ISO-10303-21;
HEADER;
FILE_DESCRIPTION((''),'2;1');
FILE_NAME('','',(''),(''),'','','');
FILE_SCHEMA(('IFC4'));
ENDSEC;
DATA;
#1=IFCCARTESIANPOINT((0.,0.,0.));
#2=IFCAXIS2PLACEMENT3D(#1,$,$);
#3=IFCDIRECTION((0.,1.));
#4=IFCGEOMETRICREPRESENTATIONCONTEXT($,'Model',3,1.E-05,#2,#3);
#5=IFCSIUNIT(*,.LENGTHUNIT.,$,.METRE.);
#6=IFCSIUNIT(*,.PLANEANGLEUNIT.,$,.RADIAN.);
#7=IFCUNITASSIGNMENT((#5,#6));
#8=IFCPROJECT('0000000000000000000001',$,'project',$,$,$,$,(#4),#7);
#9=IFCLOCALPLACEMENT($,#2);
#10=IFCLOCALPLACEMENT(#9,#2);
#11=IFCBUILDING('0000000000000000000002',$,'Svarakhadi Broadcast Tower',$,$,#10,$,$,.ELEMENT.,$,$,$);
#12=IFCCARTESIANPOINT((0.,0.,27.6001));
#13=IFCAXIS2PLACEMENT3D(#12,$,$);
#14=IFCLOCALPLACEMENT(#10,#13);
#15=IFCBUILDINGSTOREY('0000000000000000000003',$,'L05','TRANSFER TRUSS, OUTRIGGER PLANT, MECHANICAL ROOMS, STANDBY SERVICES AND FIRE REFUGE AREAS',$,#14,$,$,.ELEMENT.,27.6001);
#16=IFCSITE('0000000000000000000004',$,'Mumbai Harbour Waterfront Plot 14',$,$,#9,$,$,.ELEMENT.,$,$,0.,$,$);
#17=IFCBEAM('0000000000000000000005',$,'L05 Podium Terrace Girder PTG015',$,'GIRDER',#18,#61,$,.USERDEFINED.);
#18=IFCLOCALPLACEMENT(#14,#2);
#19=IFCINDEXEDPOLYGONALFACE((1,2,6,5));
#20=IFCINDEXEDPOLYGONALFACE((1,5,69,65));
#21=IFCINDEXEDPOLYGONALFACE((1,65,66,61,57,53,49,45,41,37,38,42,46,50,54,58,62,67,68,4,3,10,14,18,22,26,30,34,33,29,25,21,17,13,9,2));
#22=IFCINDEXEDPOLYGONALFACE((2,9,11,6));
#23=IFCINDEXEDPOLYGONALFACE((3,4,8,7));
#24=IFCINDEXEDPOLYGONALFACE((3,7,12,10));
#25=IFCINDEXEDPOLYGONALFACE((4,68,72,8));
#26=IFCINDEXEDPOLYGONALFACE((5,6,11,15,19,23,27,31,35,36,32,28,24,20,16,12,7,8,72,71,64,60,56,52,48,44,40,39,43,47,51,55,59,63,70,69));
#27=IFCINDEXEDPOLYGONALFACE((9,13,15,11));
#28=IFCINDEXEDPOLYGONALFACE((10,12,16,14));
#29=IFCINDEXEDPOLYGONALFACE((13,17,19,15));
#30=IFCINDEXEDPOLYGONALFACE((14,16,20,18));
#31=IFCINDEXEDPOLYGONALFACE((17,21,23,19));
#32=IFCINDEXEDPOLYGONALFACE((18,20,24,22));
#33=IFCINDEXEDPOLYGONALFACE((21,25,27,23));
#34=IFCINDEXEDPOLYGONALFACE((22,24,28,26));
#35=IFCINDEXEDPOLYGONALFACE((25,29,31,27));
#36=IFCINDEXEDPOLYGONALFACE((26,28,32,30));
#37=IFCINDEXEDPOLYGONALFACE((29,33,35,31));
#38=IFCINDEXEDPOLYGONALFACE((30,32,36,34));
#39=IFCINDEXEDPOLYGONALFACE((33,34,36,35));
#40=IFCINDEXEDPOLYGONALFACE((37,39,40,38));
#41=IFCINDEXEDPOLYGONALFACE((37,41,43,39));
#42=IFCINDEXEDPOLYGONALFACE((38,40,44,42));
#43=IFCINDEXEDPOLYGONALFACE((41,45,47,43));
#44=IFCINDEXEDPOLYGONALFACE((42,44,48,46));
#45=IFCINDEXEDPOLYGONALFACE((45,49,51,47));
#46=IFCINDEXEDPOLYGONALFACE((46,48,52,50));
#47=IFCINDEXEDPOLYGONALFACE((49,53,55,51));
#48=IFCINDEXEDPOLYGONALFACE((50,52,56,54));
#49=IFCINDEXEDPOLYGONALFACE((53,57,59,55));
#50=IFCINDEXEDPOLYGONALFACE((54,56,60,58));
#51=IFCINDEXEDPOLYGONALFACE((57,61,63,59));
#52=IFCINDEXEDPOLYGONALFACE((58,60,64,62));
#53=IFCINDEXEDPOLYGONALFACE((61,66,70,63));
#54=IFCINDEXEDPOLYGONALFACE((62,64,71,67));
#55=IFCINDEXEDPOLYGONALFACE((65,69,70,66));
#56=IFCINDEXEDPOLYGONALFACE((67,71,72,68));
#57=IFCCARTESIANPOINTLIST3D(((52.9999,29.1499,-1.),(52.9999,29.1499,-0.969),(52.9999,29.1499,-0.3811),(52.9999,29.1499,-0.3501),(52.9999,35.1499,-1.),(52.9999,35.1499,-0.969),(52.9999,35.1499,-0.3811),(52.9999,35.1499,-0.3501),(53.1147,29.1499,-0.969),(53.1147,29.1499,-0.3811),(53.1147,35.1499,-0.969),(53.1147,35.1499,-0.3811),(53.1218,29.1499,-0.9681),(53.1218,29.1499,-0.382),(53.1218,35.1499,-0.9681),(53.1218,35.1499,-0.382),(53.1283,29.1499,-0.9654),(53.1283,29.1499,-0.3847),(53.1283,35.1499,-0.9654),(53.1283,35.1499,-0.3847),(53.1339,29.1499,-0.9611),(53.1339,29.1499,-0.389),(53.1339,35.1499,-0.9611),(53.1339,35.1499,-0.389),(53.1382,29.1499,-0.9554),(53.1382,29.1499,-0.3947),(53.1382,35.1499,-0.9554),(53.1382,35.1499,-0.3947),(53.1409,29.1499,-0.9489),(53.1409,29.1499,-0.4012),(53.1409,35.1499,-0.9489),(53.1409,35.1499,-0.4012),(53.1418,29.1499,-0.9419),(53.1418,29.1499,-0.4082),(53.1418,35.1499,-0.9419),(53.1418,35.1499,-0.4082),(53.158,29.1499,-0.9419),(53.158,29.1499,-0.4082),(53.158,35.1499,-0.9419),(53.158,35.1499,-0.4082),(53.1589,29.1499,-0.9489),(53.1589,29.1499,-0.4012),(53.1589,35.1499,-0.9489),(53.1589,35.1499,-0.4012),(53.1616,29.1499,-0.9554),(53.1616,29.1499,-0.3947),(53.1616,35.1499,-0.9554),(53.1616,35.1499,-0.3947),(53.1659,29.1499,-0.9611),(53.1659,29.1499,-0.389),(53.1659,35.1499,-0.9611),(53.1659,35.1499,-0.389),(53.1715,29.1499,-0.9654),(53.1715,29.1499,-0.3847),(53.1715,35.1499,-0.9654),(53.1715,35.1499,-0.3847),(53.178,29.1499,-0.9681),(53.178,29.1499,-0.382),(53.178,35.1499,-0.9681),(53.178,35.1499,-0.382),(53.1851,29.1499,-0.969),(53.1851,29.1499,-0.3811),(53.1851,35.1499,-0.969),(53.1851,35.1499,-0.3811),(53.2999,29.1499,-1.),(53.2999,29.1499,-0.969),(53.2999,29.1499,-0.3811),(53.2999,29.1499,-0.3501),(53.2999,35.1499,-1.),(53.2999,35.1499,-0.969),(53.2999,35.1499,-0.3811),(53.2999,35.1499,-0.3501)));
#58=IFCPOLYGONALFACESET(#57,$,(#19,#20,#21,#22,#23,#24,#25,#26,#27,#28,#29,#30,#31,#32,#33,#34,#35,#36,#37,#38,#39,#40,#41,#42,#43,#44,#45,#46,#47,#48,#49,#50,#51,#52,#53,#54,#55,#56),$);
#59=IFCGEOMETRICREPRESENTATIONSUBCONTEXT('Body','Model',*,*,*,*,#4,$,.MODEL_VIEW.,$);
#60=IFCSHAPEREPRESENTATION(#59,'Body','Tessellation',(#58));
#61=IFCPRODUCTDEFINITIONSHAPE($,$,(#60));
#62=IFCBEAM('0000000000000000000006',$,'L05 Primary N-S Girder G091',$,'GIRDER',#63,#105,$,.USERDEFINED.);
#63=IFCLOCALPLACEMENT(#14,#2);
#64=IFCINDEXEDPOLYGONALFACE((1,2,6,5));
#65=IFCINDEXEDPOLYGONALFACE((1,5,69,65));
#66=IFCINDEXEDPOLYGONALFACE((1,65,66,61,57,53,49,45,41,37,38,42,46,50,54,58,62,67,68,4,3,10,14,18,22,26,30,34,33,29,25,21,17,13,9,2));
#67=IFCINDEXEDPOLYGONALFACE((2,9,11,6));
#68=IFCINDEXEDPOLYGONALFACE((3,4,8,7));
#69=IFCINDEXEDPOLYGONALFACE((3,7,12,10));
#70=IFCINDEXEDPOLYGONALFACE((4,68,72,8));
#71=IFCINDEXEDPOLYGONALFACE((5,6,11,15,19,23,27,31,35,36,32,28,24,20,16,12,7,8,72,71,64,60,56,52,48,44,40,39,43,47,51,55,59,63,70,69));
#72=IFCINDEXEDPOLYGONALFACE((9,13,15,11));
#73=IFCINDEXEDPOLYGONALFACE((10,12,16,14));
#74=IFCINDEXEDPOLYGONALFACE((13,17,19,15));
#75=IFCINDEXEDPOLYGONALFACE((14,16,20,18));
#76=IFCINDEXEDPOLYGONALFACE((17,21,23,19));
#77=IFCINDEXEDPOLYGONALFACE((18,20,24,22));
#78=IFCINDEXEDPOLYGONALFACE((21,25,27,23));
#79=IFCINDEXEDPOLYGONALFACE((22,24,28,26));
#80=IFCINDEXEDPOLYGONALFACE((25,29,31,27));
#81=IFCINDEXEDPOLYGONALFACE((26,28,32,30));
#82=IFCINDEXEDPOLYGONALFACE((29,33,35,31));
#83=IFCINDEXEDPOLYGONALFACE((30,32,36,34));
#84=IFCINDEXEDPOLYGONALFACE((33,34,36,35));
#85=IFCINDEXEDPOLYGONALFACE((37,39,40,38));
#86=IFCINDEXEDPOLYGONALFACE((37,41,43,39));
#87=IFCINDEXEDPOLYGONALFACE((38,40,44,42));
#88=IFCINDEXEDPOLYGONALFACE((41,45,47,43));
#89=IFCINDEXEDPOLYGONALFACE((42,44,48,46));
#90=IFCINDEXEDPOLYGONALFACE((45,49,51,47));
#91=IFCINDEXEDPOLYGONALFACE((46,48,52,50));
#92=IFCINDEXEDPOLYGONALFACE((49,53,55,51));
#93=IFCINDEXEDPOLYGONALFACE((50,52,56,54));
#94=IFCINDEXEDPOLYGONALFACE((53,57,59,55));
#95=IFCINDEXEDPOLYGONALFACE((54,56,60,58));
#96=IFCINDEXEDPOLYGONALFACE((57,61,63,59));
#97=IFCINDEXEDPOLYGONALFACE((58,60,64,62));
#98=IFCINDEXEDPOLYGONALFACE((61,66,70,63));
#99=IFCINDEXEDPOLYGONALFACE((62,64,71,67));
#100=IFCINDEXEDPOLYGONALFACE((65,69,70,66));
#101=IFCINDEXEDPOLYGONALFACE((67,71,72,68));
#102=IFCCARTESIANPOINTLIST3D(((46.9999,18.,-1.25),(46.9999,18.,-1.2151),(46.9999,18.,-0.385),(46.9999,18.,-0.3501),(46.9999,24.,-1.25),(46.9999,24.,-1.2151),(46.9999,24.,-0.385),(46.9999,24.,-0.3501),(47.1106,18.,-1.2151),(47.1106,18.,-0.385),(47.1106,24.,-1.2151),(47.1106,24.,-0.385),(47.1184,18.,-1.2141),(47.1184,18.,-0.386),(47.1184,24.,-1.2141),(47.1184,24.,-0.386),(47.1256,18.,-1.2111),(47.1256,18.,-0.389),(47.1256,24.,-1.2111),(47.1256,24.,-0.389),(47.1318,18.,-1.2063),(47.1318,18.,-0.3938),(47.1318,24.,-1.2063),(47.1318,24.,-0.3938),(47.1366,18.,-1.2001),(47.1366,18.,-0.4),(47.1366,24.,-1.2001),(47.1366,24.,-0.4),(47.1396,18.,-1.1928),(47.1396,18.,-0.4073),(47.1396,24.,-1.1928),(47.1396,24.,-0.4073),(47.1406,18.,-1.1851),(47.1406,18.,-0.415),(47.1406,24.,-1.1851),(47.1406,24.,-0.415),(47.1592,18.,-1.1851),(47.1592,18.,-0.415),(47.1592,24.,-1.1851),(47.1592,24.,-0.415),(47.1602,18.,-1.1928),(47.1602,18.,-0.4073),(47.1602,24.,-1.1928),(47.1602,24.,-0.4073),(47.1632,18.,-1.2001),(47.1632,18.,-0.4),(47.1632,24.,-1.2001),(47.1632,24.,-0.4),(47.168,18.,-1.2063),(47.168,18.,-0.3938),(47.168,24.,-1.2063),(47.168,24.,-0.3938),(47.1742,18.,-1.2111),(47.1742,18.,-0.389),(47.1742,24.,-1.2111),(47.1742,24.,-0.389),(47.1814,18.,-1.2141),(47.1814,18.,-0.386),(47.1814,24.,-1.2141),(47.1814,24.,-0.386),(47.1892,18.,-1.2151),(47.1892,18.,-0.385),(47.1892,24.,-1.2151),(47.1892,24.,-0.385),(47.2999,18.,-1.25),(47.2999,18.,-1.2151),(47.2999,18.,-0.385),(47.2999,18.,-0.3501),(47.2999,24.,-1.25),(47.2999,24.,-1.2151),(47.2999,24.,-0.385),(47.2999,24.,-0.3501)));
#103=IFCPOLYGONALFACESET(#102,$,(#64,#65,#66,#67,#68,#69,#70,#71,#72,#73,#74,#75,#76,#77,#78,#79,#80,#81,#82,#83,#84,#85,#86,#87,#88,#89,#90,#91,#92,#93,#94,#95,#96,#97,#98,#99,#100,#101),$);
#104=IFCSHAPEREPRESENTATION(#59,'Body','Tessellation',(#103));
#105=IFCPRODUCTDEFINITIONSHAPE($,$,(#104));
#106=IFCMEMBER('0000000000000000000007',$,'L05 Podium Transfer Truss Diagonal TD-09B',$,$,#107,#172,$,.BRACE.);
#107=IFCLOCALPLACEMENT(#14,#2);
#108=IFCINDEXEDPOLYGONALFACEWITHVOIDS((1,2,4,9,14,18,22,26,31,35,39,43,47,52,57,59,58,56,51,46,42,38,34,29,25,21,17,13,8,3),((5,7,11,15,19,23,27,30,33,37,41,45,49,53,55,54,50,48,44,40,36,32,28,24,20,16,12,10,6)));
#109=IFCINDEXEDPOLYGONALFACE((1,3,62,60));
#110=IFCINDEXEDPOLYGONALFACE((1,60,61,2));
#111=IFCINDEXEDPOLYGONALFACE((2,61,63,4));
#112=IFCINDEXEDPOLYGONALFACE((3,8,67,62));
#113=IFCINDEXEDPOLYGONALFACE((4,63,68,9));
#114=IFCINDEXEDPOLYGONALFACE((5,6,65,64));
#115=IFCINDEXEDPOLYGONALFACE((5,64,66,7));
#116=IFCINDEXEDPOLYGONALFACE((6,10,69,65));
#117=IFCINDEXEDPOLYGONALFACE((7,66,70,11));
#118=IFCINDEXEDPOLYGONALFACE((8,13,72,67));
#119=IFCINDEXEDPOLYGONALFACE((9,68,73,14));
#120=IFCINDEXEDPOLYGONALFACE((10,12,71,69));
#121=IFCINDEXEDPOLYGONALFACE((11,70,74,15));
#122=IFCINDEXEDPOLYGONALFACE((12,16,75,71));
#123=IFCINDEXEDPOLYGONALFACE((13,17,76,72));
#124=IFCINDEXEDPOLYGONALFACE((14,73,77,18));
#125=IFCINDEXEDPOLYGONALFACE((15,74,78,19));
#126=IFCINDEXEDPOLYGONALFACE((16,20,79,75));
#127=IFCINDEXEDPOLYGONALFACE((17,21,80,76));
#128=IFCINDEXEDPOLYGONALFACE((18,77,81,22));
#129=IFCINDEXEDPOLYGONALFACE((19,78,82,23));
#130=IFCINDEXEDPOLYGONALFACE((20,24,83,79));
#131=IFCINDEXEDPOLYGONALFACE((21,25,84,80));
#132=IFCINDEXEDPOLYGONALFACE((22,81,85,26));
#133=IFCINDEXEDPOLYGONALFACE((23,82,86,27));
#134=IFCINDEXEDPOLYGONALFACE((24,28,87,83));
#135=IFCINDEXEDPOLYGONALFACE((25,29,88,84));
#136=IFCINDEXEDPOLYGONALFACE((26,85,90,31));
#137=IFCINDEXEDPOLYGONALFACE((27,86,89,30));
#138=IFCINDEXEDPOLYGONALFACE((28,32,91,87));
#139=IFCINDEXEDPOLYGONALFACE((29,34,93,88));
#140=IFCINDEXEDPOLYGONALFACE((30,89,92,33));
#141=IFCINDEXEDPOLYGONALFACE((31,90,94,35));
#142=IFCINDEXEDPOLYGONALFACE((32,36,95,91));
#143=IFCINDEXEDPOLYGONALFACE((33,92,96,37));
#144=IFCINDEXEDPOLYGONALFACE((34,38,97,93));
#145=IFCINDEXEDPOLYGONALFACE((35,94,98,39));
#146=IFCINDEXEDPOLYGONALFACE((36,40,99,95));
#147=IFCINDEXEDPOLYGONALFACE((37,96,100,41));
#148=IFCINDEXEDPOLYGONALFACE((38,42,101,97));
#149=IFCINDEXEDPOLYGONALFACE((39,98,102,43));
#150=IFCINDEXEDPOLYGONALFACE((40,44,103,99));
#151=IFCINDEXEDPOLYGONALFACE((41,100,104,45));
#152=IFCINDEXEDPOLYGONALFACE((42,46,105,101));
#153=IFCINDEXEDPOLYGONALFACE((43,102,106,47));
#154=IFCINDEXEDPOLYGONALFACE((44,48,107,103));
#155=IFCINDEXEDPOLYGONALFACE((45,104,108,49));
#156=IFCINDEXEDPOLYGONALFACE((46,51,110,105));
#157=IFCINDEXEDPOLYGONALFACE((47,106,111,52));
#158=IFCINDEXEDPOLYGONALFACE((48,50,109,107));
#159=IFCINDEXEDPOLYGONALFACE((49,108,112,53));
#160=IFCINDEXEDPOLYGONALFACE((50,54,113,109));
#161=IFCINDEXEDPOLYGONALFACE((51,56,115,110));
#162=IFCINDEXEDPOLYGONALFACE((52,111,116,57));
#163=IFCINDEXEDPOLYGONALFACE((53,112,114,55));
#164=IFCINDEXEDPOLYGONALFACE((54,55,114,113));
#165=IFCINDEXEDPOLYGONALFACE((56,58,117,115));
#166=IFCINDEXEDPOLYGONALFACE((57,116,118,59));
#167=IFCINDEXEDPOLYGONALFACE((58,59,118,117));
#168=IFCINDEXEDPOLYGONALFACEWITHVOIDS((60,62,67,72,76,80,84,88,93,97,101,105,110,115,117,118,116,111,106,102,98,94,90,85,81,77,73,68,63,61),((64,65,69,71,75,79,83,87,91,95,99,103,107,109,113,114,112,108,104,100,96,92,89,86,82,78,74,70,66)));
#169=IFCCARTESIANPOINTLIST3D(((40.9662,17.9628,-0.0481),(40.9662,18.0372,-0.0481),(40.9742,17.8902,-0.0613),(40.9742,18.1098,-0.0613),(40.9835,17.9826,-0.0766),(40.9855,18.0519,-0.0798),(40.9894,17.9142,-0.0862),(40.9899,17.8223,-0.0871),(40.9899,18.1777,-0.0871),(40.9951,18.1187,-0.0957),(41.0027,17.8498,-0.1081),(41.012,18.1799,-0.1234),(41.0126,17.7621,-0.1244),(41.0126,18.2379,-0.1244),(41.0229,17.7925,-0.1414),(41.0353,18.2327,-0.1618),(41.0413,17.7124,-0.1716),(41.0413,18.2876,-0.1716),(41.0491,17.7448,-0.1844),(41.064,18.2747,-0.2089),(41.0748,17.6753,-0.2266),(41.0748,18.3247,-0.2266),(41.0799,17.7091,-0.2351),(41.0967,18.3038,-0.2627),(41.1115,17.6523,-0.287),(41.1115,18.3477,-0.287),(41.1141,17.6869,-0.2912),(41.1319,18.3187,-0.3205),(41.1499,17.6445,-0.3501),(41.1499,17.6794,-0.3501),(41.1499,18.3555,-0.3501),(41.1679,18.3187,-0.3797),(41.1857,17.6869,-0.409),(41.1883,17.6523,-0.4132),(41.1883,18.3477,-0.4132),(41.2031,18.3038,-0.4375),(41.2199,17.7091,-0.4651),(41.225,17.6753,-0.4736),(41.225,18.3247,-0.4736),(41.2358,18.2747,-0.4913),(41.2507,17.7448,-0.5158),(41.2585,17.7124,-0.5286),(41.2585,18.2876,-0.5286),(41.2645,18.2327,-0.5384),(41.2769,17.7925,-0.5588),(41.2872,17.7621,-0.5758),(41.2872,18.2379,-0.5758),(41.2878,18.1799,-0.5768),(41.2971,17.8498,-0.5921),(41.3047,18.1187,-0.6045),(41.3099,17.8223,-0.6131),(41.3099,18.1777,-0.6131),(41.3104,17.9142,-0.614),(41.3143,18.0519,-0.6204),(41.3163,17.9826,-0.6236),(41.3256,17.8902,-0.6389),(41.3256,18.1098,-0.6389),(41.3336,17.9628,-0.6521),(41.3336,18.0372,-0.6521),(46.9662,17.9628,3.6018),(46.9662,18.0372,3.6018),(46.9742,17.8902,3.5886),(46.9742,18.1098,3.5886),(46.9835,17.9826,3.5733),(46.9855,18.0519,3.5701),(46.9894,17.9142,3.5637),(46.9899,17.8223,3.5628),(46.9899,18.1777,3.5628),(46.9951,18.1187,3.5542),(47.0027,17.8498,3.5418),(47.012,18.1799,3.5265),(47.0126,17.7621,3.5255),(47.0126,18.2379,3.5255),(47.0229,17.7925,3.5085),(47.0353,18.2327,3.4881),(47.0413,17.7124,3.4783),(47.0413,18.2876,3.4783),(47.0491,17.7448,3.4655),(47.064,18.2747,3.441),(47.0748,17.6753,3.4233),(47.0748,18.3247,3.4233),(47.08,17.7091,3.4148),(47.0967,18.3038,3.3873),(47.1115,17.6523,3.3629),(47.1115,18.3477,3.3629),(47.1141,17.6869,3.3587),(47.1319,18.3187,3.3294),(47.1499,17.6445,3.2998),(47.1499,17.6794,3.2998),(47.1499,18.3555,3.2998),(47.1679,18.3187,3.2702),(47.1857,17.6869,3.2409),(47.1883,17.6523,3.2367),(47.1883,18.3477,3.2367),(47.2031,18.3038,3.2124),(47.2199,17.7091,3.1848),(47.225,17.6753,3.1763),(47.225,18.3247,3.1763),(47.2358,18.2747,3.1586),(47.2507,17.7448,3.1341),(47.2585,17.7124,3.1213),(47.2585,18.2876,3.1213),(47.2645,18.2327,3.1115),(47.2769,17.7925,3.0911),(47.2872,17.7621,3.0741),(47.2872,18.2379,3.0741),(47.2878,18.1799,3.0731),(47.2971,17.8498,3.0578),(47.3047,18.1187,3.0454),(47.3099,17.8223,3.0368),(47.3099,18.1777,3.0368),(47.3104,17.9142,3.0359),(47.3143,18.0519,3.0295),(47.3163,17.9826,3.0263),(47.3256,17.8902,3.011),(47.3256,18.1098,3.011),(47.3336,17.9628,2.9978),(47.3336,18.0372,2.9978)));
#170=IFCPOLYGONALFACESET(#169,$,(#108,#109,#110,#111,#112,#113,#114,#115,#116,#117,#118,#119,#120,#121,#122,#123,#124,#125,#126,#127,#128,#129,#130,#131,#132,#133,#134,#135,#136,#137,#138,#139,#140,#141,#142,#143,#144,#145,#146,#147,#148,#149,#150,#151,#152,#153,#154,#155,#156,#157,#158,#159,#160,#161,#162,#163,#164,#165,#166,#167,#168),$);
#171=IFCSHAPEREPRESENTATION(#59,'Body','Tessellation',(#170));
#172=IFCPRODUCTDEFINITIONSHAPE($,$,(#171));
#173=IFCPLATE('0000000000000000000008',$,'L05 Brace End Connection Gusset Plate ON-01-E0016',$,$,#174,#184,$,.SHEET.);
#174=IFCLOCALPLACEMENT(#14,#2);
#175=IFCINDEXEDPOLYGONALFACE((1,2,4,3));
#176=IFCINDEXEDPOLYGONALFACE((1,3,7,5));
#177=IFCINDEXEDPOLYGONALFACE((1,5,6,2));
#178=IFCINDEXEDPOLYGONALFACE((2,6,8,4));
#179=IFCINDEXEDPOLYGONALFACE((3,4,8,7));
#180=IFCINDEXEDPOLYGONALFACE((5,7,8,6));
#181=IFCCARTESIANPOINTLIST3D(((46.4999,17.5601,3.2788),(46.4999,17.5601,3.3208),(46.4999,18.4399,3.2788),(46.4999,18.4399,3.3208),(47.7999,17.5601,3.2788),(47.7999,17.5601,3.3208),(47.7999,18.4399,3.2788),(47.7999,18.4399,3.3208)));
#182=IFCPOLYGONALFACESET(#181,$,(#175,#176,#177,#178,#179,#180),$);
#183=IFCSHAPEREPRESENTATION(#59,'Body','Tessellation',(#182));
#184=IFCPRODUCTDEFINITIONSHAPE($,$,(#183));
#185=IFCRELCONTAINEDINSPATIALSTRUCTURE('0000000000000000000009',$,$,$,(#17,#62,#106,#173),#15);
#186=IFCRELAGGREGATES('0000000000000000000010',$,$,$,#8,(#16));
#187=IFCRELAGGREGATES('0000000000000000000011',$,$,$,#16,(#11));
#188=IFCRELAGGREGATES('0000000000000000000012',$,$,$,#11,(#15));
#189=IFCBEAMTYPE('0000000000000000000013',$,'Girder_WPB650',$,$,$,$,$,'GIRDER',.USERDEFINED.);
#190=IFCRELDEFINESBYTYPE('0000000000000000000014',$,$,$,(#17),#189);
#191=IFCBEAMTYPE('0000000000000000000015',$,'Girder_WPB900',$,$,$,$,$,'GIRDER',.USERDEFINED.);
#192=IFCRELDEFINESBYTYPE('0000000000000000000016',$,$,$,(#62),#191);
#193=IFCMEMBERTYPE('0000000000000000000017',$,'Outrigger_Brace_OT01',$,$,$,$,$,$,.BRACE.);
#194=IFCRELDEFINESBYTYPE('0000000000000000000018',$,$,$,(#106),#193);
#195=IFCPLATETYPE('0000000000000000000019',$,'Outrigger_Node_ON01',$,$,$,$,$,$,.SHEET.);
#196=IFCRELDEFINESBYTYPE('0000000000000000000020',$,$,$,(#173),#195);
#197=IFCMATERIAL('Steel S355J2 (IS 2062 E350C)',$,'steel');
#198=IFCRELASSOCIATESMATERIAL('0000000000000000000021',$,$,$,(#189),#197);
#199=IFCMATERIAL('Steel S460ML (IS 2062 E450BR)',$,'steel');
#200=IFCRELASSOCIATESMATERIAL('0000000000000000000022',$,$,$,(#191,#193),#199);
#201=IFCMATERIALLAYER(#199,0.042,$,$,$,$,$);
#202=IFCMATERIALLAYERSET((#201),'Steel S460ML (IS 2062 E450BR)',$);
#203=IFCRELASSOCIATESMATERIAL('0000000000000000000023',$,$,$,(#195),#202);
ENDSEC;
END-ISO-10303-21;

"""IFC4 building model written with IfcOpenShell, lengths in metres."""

from ifc_helpers import new_model, si_unit, direction, frame, origin, origin_2d, place, context, subcontext, project, spatial, rectangle, hollow_circle, i_section, extrude, material, layer, layer_set, material_profile, profile_set, type_object, element, save


model = new_model("IFC4")

# Units and contexts
model_context = context("Model", 3, precision=1e-05, world=origin(), true_north=direction((0.0, 1.0)))
body_context = subcontext(model_context, "Body", "Model", "MODEL_VIEW")
ifc_project = project(units=[si_unit("LENGTHUNIT", "METRE"), si_unit("PLANEANGLEUNIT", "RADIAN")], contexts=[model_context])

# Site, building, storey
site_placement = place(None, origin())
site = spatial("IfcSite", under=ifc_project, at=site_placement, Name="Mumbai Harbour Waterfront Plot 14", CompositionType="ELEMENT", RefElevation=0.0)
building_placement = place(site_placement, origin())
building = spatial("IfcBuilding", under=site, at=building_placement, Name="Svarakhadi Broadcast Tower", CompositionType="ELEMENT")
storey_placement = place(building_placement, frame((0.0, 0.0, 27.6001)))
storey = spatial("IfcBuildingStorey", under=building, at=storey_placement, Name="L05", Description="TRANSFER TRUSS, OUTRIGGER PLANT, MECHANICAL ROOMS, STANDBY SERVICES AND FIRE REFUGE AREAS", CompositionType="ELEMENT", Elevation=27.6001)

# Shared definitions
ifc_material_1 = material(Name="Steel S460ML (IS 2062 E450BR)", Category="steel")

# Beams
ifc_material_2 = material(Name="Steel S355J2 (IS 2062 E350C)", Category="steel")
ifc_material_profile_1 = material_profile(ifc_material_2, i_section(OverallWidth=0.3, OverallDepth=0.6499, WebThickness=0.0161, FlangeThickness=0.031, FilletRadius=0.0271, at=origin_2d()), Name="WPB 650x300x225")
ifc_profile_set_1 = profile_set([ifc_material_profile_1], Name="Steel S355J2 (IS 2062 E350C)")
beam_type_1 = type_object("IfcBeamType", Name="Girder_WPB650", ElementType="GIRDER", PredefinedType="USERDEFINED", material=ifc_profile_set_1)
for number, where, z_axis, x_axis, name in (
    (1, (53.1499, 29.1499, -0.675), (0.0, 1.0, 0.0), (-1.0, 0.0, 0.0), "L05 Podium Terrace Girder PTG015"),
):
    element("IfcBeam", number, at=place(storey_placement, frame(where, z_axis=z_axis, x_axis=x_axis)), inside=storey, type_object=beam_type_1, Name=name, ObjectType="GIRDER", PredefinedType="USERDEFINED", context=body_context, shape_type="SweptSolid", body=[
        extrude(i_section(OverallWidth=0.3, OverallDepth=0.6499, WebThickness=0.0161, FlangeThickness=0.031, FilletRadius=0.0271, at=origin_2d()), origin(), (0.0, 0.0, 1.0), 6.0),
    ])
ifc_material_profile_2 = material_profile(ifc_material_1, i_section(OverallWidth=0.3, OverallDepth=0.8999, WebThickness=0.0186, FlangeThickness=0.0349, FilletRadius=0.03, at=origin_2d()), Name="WPB 900x300x291")
ifc_profile_set_2 = profile_set([ifc_material_profile_2], Name="Steel S460ML (IS 2062 E450BR)")
beam_type_2 = type_object("IfcBeamType", Name="Girder_WPB900", ElementType="GIRDER", PredefinedType="USERDEFINED", material=ifc_profile_set_2)
beam_1_placement = place(storey_placement, frame((47.1499, 18.0, -0.8), z_axis=(0.0, 1.0, 0.0), x_axis=(-1.0, 0.0, 0.0)))
element("IfcBeam", 2, at=beam_1_placement, inside=storey, type_object=beam_type_2, Name="L05 Primary N-S Girder G091", ObjectType="GIRDER", PredefinedType="USERDEFINED", context=body_context, shape_type="SweptSolid", body=[
    extrude(i_section(OverallWidth=0.3, OverallDepth=0.8999, WebThickness=0.0186, FlangeThickness=0.0349, FilletRadius=0.03, at=origin_2d()), origin(), (0.0, 0.0, 1.0), 6.0),
])

# Member
ifc_material_profile_3 = material_profile(ifc_material_1, hollow_circle(Radius=0.3555, WallThickness=0.0349, at=origin_2d()), Name="CHS 711x35")
ifc_profile_set_3 = profile_set([ifc_material_profile_3], Name="Steel S460ML (IS 2062 E450BR)")
member_type = type_object("IfcMemberType", Name="Outrigger_Brace_OT01", PredefinedType="BRACE", material=ifc_profile_set_3)
member_placement = place(storey_placement, frame((47.1499, 18.0, 3.2998), z_axis=(-0.854342, 0.0, -0.519711), x_axis=(0.0, -1.0, 0.0)))
element("IfcMember", 3, at=member_placement, inside=storey, type_object=member_type, Name="L05 Podium Transfer Truss Diagonal TD-09B", PredefinedType="BRACE", context=body_context, shape_type="SweptSolid", body=[
    extrude(hollow_circle(Radius=0.3555, WallThickness=0.0349, at=origin_2d()), origin(), (0.0, 0.0, 1.0), 7.0229),
])

# Plate
ifc_layer_1 = layer(ifc_material_1, 0.042)
ifc_layer_set_1 = layer_set([ifc_layer_1], Name="Steel S460ML (IS 2062 E450BR)")
plate_type = type_object("IfcPlateType", Name="Outrigger_Node_ON01", PredefinedType="SHEET", material=ifc_layer_set_1)
plate_placement = place(storey_placement, frame((47.1499, 18.0, 3.2788), z_axis=(0.0, 0.0, 1.0), x_axis=(1.0, 0.0, 0.0)))
element("IfcPlate", 4, at=plate_placement, inside=storey, type_object=plate_type, Name="L05 Brace End Connection Gusset Plate ON-01-E0016", PredefinedType="SHEET", context=body_context, shape_type="SweptSolid", body=[
    extrude(rectangle(XDim=1.3, YDim=0.8799, at=origin_2d()), origin(), (0.0, 0.0, 1.0), 0.042),
])

save(model, "model.ifc")
